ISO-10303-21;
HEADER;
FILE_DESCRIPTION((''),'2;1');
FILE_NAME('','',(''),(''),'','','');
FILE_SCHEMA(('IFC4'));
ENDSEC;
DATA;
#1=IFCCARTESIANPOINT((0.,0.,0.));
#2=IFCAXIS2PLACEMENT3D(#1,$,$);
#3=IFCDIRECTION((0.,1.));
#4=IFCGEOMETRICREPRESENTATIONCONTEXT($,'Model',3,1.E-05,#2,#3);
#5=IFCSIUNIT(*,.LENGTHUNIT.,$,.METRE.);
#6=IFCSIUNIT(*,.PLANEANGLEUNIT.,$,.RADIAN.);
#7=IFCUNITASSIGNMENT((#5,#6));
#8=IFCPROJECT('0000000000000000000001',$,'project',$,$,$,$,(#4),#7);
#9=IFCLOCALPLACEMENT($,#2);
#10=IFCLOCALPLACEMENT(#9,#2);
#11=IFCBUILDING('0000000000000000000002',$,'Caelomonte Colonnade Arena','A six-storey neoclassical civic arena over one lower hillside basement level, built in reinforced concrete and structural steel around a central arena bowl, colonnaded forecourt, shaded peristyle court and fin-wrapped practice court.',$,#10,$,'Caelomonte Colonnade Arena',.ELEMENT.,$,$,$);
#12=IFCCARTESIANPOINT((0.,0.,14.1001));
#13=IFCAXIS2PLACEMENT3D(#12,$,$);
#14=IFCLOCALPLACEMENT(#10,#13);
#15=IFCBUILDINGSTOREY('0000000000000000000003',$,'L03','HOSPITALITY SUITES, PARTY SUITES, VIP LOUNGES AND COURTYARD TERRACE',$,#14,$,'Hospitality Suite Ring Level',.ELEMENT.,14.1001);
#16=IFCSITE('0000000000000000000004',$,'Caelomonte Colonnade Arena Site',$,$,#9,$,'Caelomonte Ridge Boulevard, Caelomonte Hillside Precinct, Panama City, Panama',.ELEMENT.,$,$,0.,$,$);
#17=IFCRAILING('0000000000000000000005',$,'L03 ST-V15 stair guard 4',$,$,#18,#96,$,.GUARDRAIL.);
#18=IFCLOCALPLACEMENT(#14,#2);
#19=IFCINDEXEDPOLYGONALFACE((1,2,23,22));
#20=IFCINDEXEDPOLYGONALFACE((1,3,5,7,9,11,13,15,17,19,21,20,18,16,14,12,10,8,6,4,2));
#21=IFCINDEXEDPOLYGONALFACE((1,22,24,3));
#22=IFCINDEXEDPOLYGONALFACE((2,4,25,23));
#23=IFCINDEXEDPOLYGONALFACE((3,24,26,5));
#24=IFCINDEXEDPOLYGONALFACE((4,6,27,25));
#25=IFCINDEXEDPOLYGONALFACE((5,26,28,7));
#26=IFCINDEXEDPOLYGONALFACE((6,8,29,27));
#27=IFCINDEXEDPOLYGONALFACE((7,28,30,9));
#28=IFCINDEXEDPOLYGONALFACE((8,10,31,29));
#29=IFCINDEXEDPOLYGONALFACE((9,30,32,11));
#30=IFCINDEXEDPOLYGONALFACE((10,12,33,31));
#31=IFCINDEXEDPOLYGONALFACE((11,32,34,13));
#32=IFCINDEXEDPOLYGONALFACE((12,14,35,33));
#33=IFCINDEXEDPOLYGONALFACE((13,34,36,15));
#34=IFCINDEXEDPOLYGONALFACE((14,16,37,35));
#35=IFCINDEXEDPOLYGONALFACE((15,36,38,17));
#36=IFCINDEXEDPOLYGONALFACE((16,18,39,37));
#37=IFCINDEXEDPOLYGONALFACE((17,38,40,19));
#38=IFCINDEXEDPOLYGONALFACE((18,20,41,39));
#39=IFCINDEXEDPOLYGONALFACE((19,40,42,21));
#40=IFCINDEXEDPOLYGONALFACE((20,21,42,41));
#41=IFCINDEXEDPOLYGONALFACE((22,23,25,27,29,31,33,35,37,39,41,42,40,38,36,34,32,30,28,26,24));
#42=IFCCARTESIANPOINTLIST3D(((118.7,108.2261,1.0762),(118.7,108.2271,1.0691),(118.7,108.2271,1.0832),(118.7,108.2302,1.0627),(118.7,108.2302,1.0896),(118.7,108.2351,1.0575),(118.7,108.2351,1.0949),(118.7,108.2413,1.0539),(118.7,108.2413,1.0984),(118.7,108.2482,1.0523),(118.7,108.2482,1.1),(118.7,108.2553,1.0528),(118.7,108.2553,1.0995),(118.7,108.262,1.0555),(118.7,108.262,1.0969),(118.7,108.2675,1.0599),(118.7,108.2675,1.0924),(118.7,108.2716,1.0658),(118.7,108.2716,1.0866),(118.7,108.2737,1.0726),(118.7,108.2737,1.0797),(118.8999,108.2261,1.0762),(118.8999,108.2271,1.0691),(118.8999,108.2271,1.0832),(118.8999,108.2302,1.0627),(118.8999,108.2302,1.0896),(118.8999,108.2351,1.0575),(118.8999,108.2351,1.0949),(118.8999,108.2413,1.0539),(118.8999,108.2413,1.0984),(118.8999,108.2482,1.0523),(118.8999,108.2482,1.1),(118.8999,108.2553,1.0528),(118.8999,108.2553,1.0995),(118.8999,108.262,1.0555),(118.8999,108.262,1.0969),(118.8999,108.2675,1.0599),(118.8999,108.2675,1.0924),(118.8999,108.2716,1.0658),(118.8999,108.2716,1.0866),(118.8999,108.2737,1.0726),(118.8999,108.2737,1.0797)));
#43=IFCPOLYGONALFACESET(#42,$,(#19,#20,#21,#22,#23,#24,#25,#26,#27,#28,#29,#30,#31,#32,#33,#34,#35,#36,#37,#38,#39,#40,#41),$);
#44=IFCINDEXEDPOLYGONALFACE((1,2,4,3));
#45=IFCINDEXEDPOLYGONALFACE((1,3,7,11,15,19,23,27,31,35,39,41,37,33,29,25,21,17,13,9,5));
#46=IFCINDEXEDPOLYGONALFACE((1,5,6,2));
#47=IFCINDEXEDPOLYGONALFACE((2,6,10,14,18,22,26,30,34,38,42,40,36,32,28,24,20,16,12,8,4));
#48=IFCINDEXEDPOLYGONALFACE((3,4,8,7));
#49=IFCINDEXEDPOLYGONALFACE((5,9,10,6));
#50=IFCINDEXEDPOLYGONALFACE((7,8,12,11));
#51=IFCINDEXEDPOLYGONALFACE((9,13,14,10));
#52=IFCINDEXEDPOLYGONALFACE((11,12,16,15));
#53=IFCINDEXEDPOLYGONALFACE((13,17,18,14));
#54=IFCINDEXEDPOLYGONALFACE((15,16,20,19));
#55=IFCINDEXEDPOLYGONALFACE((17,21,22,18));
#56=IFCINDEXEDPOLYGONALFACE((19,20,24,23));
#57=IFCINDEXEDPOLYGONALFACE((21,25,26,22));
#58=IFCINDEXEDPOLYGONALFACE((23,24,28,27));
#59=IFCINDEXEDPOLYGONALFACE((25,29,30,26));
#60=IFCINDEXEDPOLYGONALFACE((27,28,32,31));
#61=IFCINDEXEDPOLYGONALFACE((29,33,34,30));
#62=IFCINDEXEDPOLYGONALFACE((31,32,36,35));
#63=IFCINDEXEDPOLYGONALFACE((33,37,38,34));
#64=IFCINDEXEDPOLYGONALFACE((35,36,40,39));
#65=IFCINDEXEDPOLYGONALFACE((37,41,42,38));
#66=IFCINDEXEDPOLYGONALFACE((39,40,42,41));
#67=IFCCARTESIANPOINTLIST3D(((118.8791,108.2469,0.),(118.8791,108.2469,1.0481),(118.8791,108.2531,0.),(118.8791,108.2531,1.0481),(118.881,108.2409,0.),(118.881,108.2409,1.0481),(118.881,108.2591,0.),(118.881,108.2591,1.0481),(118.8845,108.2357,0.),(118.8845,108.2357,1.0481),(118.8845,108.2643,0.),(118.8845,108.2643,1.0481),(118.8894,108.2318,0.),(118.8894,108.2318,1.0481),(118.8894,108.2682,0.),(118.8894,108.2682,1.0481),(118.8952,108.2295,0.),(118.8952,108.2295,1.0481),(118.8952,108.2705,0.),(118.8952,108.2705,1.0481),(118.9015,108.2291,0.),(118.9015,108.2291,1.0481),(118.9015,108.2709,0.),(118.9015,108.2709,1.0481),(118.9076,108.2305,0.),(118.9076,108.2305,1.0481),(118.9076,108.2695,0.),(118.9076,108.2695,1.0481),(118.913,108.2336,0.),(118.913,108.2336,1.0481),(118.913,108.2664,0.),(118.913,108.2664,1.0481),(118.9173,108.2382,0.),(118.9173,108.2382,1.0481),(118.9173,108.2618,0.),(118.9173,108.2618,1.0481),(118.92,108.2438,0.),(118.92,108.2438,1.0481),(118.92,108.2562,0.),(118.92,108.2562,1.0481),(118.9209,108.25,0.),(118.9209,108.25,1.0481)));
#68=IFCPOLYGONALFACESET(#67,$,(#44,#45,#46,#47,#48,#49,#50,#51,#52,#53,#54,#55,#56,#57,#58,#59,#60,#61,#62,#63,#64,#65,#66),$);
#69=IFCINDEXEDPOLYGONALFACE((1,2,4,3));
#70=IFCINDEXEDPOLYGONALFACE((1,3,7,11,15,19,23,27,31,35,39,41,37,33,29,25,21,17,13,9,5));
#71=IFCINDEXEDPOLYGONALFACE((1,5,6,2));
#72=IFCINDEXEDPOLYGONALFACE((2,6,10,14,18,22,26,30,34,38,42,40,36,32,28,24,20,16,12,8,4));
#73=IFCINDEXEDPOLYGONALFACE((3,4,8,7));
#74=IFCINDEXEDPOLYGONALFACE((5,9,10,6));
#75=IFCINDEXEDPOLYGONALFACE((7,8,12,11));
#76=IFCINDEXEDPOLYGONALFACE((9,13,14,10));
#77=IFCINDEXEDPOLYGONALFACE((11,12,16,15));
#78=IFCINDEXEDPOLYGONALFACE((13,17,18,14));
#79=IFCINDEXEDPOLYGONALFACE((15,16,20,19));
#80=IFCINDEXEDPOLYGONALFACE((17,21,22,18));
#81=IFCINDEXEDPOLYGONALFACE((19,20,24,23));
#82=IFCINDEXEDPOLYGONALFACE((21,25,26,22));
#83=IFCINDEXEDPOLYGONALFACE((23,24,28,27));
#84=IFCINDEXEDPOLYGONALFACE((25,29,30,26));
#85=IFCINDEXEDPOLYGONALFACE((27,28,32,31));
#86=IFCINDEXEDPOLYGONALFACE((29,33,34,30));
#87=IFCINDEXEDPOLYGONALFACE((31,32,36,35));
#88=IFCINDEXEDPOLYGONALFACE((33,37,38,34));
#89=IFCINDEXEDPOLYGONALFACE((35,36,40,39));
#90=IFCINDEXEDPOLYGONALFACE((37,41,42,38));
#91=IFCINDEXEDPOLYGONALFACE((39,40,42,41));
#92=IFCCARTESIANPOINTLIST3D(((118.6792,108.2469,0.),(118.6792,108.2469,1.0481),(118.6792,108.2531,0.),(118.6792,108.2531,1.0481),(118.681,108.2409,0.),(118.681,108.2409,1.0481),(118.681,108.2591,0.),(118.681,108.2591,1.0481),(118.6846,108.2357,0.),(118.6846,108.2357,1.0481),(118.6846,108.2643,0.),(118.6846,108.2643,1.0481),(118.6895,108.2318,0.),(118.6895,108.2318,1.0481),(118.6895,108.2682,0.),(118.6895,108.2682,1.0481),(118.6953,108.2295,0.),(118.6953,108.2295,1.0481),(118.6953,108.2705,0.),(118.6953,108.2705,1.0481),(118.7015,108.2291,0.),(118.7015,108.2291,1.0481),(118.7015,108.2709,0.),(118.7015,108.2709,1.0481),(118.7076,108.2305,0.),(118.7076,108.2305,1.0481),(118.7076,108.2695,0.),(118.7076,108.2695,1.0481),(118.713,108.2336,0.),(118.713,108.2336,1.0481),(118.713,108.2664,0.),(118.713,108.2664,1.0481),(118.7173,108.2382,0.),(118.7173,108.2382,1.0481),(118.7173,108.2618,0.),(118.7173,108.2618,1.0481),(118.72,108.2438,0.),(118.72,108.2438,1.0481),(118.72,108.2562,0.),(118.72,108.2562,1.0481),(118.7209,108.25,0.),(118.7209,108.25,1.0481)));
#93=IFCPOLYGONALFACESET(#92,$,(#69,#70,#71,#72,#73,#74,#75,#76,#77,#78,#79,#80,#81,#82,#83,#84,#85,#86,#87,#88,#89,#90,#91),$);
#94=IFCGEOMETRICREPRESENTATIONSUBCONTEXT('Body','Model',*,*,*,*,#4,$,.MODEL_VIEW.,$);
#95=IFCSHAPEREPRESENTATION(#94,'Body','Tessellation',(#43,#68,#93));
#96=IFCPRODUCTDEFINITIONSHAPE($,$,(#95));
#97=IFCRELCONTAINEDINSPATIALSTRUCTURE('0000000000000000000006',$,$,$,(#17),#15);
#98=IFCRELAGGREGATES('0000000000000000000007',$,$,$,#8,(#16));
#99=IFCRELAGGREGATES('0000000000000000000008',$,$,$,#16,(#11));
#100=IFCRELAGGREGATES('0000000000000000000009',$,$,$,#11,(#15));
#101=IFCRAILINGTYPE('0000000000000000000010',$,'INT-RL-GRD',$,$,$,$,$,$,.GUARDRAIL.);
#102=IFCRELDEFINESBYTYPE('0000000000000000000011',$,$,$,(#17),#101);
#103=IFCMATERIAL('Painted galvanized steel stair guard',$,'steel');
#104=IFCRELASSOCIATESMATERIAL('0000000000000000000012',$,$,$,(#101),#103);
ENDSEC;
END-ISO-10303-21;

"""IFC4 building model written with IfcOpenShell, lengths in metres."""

from ifc_helpers import new_model, si_unit, direction, frame, origin, origin_2d, place, context, subcontext, project, spatial, circle, extrude, material, type_object, element, save


model = new_model("IFC4")

# Units and contexts
model_context = context("Model", 3, precision=1e-05, world=origin(), true_north=direction((0.0, 1.0)))
body_context = subcontext(model_context, "Body", "Model", "MODEL_VIEW")
ifc_project = project(units=[si_unit("LENGTHUNIT", "METRE"), si_unit("PLANEANGLEUNIT", "RADIAN")], contexts=[model_context])

# Site, building, storey
site_placement = place(None, origin())
site = spatial("IfcSite", under=ifc_project, at=site_placement, Name="Caelomonte Colonnade Arena Site", LongName="Caelomonte Ridge Boulevard, Caelomonte Hillside Precinct, Panama City, Panama", CompositionType="ELEMENT", RefElevation=0.0)
building_placement = place(site_placement, origin())
building = spatial("IfcBuilding", under=site, at=building_placement, Name="Caelomonte Colonnade Arena", Description="A six-storey neoclassical civic arena over one lower hillside basement level, built in reinforced concrete and structural steel around a central arena bowl, colonnaded forecourt, shaded peristyle court and fin-wrapped practice court.", LongName="Caelomonte Colonnade Arena", CompositionType="ELEMENT")
storey_placement = place(building_placement, frame((0.0, 0.0, 14.1001)))
storey = spatial("IfcBuildingStorey", under=building, at=storey_placement, Name="L03", Description="HOSPITALITY SUITES, PARTY SUITES, VIP LOUNGES AND COURTYARD TERRACE", LongName="Hospitality Suite Ring Level", CompositionType="ELEMENT", Elevation=14.1001)

# Railing
ifc_material_1 = material(Name="Painted galvanized steel stair guard", Category="steel")
railing_type_1 = type_object("IfcRailingType", Name="INT-RL-GRD", PredefinedType="GUARDRAIL", material=ifc_material_1)
railing_1_placement = place(storey_placement, frame((118.8999, 108.25, 0.0)))
element("IfcRailing", 1, at=railing_1_placement, inside=storey, type_object=railing_type_1, Name="L03 ST-V15 stair guard 4", PredefinedType="GUARDRAIL", context=body_context, shape_type="SweptSolid", body=[
    extrude(circle(Radius=0.0239, at=origin_2d()), frame((0.0, 0.0, 1.0762), z_axis=(-1.0, 0.0, 0.0), x_axis=(0.0, -1.0, 0.0)), (0.0, 0.0, 1.0), 0.2),
    extrude(circle(Radius=0.021, at=origin_2d()), origin(), (0.0, 0.0, 1.0), 1.0481),
    extrude(circle(Radius=0.021, at=origin_2d()), frame((-0.2, 0.0, 0.0)), (0.0, 0.0, 1.0), 1.0481),
])

save(model, "model.ifc")
